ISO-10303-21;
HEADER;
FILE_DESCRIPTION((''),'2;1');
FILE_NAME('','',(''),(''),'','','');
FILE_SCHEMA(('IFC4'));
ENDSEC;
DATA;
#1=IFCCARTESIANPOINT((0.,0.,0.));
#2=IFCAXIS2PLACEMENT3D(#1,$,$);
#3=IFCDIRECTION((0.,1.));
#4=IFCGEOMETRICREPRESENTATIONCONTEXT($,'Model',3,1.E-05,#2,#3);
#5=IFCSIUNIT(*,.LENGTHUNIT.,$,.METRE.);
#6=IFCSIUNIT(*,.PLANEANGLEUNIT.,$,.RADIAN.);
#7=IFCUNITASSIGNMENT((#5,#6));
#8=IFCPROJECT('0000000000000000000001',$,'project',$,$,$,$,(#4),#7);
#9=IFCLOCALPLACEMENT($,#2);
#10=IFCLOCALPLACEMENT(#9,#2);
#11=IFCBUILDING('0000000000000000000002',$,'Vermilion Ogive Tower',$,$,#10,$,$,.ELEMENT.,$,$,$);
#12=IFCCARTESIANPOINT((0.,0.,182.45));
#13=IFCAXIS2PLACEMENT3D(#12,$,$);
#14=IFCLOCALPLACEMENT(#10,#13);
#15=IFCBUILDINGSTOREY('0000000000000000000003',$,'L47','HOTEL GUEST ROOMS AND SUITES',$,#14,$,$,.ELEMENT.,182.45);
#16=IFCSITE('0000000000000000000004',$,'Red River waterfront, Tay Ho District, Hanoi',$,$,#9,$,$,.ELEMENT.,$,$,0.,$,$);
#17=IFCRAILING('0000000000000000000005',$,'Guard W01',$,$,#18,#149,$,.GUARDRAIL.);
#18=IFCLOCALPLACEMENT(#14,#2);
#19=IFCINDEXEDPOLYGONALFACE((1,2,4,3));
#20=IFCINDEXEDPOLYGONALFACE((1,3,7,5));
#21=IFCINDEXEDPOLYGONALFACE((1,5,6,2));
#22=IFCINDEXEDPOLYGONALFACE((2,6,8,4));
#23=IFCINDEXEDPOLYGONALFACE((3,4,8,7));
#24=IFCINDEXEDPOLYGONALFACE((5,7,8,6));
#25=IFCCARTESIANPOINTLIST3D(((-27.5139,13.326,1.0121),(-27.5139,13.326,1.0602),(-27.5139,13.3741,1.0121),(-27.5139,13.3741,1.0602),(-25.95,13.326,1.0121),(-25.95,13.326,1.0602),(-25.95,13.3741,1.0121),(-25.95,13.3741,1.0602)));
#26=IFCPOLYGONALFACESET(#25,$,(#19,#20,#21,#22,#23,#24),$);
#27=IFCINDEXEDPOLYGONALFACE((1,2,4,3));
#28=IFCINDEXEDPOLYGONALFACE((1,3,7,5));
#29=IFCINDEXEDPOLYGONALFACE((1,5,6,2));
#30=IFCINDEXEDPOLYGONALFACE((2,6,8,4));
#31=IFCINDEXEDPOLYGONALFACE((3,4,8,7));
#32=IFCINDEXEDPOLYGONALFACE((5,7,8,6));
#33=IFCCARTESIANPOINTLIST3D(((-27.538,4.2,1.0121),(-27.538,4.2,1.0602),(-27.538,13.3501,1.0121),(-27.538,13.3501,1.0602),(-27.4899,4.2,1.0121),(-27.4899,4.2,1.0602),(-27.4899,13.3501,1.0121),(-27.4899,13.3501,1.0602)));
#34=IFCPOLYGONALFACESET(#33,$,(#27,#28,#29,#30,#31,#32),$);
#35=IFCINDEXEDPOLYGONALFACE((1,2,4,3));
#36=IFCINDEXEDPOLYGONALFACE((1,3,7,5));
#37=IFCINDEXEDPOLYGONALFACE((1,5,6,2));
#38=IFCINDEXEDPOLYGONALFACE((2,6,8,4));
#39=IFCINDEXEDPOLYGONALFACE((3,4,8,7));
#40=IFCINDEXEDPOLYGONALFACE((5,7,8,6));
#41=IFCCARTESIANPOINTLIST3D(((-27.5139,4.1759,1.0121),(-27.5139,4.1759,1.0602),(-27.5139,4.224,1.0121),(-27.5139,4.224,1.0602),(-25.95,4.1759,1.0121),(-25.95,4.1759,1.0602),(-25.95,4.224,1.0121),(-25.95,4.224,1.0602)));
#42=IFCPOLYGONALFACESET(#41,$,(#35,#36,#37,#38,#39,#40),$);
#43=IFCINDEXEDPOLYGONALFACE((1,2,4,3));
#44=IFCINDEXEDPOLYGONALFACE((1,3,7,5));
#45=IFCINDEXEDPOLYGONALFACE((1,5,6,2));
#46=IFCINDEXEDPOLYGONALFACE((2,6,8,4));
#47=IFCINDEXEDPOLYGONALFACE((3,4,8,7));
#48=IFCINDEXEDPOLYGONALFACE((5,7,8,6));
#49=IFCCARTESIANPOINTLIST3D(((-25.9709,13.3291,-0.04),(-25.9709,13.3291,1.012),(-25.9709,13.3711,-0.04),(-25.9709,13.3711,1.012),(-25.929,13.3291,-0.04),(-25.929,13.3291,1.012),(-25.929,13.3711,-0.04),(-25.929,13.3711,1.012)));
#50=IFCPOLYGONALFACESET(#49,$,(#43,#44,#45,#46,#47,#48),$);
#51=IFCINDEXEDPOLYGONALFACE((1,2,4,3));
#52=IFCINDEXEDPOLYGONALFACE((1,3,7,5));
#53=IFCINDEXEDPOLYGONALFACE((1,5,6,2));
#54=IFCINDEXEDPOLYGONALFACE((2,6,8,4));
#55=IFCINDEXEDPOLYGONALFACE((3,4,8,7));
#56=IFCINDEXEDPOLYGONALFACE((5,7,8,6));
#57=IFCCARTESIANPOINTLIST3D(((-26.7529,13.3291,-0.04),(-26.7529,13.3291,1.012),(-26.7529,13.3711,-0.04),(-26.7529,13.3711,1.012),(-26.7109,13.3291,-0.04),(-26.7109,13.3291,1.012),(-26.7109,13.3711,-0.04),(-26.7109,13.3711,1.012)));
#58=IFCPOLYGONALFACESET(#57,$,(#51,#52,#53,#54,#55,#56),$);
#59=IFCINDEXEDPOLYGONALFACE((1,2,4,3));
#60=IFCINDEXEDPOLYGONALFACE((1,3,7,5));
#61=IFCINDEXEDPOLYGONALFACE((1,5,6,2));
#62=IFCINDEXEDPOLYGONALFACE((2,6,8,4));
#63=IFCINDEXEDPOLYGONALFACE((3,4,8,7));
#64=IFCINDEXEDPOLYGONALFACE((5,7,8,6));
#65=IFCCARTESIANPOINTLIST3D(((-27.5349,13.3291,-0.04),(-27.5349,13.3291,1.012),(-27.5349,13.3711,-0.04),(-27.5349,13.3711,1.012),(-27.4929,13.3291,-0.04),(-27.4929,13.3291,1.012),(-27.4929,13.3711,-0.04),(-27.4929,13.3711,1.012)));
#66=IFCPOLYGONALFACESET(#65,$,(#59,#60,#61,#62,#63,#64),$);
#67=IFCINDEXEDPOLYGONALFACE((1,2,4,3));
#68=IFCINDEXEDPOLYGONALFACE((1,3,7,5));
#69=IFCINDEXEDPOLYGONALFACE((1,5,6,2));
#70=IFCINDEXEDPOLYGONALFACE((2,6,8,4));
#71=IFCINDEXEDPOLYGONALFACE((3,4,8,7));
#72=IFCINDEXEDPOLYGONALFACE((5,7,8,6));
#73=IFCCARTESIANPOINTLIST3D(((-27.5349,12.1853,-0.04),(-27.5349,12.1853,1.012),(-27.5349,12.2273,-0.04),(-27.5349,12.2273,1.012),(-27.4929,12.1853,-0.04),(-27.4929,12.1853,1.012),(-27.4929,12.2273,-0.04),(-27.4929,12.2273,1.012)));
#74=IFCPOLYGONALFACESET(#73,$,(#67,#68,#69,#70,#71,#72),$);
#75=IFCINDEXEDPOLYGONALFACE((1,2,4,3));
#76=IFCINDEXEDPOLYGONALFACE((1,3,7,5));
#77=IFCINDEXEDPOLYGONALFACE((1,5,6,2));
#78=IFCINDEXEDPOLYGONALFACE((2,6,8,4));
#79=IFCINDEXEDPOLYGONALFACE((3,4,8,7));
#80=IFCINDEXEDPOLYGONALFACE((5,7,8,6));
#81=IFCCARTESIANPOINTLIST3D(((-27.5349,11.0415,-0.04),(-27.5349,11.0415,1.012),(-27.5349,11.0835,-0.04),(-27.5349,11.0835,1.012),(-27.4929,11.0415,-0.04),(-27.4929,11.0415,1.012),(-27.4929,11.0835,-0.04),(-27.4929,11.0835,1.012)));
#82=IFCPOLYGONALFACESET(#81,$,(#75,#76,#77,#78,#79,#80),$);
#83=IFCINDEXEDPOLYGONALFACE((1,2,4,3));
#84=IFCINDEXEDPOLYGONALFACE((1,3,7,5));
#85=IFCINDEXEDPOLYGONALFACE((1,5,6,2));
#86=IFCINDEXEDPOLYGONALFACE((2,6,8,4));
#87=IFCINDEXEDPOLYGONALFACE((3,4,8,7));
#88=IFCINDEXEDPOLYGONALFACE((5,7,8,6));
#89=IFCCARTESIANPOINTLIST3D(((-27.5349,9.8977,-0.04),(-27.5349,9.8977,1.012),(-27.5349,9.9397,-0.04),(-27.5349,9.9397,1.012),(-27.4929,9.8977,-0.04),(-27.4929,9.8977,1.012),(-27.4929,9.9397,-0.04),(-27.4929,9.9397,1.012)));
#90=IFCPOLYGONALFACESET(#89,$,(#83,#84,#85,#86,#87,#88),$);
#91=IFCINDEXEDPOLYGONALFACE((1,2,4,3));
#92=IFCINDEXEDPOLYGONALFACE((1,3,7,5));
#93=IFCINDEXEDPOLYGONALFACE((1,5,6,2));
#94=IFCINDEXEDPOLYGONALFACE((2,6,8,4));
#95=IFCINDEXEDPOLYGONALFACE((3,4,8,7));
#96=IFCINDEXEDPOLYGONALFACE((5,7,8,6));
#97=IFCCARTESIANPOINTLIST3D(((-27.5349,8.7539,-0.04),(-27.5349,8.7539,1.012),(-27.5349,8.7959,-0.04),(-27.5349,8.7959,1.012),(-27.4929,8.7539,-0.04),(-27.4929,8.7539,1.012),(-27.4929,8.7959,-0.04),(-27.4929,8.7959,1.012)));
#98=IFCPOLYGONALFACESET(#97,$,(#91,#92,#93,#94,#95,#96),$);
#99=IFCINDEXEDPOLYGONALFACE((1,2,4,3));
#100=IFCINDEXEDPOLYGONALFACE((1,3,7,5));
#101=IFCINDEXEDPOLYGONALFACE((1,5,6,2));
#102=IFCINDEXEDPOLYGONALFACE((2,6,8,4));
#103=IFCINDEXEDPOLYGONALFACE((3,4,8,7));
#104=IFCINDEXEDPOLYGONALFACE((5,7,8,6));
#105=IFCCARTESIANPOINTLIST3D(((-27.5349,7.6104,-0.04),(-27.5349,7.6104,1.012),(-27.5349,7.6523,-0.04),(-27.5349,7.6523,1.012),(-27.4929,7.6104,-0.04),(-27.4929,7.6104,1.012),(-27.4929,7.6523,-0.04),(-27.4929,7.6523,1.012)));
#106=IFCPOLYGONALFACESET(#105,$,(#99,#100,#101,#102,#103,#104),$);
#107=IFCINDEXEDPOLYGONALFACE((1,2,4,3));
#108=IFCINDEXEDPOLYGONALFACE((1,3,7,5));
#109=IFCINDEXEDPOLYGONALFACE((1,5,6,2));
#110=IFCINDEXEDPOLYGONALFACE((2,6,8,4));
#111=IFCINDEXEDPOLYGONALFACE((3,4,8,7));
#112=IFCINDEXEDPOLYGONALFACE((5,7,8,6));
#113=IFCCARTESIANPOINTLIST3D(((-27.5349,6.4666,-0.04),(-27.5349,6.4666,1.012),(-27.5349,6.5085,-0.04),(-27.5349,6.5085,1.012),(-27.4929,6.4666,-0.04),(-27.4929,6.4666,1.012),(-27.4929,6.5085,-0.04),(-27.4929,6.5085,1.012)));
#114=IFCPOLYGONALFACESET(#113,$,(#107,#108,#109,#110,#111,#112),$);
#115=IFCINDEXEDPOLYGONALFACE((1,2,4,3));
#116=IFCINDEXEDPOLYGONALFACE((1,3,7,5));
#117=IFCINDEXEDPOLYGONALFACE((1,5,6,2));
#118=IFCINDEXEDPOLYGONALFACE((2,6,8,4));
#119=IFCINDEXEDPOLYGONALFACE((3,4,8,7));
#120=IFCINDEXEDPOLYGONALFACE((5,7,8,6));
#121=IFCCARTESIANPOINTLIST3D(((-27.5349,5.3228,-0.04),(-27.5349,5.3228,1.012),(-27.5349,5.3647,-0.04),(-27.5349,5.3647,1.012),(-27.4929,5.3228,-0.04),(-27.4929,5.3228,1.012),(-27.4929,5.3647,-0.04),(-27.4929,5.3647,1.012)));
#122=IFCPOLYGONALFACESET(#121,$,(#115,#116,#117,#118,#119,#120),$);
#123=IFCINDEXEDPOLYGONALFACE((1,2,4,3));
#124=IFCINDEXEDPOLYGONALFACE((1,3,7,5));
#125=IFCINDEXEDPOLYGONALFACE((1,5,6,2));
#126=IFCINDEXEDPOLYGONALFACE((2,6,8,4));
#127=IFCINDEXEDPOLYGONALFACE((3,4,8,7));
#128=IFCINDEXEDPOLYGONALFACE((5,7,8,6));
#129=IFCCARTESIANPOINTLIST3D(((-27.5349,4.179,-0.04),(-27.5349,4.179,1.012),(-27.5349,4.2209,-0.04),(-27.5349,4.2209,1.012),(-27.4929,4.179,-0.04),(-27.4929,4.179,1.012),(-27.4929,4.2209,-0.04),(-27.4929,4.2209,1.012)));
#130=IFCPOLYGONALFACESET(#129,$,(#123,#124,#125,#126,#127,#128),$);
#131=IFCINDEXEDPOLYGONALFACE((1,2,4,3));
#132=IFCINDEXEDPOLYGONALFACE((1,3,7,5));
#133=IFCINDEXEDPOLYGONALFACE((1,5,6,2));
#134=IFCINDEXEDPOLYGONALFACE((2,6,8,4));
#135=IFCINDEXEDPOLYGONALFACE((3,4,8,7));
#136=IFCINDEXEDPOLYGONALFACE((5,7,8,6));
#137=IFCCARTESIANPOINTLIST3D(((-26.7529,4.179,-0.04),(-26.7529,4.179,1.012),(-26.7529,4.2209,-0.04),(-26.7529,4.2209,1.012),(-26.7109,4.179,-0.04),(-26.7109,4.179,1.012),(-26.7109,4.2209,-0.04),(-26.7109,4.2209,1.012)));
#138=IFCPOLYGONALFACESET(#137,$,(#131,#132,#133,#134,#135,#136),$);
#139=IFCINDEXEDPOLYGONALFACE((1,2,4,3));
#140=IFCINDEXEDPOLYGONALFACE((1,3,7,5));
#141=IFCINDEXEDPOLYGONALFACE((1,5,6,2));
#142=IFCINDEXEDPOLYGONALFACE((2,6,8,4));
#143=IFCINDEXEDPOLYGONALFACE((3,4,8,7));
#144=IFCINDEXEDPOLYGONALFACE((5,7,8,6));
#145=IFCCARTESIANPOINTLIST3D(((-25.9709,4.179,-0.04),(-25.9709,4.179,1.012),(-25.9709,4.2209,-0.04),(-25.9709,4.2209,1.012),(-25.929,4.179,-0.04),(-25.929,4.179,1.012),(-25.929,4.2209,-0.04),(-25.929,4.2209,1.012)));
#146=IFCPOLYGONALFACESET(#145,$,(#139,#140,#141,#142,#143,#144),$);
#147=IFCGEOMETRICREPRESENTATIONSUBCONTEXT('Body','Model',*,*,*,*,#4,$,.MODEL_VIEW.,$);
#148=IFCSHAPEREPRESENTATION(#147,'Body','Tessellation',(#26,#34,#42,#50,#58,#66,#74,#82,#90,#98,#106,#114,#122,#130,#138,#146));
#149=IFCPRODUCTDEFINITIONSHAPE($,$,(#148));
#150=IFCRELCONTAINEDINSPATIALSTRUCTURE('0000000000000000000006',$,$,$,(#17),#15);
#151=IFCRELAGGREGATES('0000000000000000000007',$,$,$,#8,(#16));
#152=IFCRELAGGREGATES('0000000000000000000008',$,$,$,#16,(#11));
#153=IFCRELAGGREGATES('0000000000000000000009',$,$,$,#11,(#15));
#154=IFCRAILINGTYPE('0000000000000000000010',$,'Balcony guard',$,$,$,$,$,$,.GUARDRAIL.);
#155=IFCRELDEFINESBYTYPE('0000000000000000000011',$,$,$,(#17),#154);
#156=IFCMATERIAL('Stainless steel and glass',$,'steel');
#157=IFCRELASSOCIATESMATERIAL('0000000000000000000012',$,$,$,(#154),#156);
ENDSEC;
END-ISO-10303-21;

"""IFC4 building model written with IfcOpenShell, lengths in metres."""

from ifc_helpers import new_model, si_unit, direction, frame, origin, origin_2d, place, context, subcontext, project, spatial, rectangle, extrude, material, type_object, element, save


model = new_model("IFC4")

# Units and contexts
model_context = context("Model", 3, precision=1e-05, world=origin(), true_north=direction((0.0, 1.0)))
body_context = subcontext(model_context, "Body", "Model", "MODEL_VIEW")
ifc_project = project(units=[si_unit("LENGTHUNIT", "METRE"), si_unit("PLANEANGLEUNIT", "RADIAN")], contexts=[model_context])

# Site, building, storey
site_placement = place(None, origin())
site = spatial("IfcSite", under=ifc_project, at=site_placement, Name="Red River waterfront, Tay Ho District, Hanoi", CompositionType="ELEMENT", RefElevation=0.0)
building_placement = place(site_placement, origin())
building = spatial("IfcBuilding", under=site, at=building_placement, Name="Vermilion Ogive Tower", CompositionType="ELEMENT")
storey_placement = place(building_placement, frame((0.0, 0.0, 182.45)))
storey = spatial("IfcBuildingStorey", under=building, at=storey_placement, Name="L47", Description="HOTEL GUEST ROOMS AND SUITES", CompositionType="ELEMENT", Elevation=182.45)

# Railing
ifc_material_1 = material(Name="Stainless steel and glass", Category="steel")
railing_type = type_object("IfcRailingType", Name="Balcony guard", PredefinedType="GUARDRAIL", material=ifc_material_1)
railing_placement = place(storey_placement, frame((-25.95, 13.3501, -0.04)))
element("IfcRailing", 1, at=railing_placement, inside=storey, type_object=railing_type, Name="Guard W01", PredefinedType="GUARDRAIL", context=body_context, shape_type="SweptSolid", body=[
    extrude(rectangle(XDim=0.0481, YDim=0.0481, at=origin_2d()), frame((0.0, 0.0, 1.0762), z_axis=(-1.0, 0.0, 0.0), x_axis=(0.0, -1.0, 0.0)), (0.0, 0.0, 1.0), 1.564),
    extrude(rectangle(XDim=0.0481, YDim=0.0481, at=origin_2d()), frame((-1.564, 0.0, 1.0762), z_axis=(0.0, -1.0, 0.0), x_axis=(1.0, 0.0, 0.0)), (0.0, 0.0, 1.0), 9.1501),
    extrude(rectangle(XDim=0.0481, YDim=0.0481, at=origin_2d()), frame((-1.564, -9.1501, 1.0762), z_axis=(1.0, 0.0, 0.0), x_axis=(0.0, 1.0, 0.0)), (0.0, 0.0, 1.0), 1.564),
    extrude(rectangle(XDim=0.042, YDim=0.042, at=origin_2d()), origin(), (0.0, 0.0, 1.0), 1.052),
    extrude(rectangle(XDim=0.042, YDim=0.042, at=origin_2d()), frame((-0.782, 0.0, 0.0)), (0.0, 0.0, 1.0), 1.052),
    extrude(rectangle(XDim=0.042, YDim=0.042, at=origin_2d()), frame((-1.564, 0.0, 0.0)), (0.0, 0.0, 1.0), 1.052),
    extrude(rectangle(XDim=0.042, YDim=0.042, at=origin_2d()), frame((-1.564, -1.1438, 0.0)), (0.0, 0.0, 1.0), 1.052),
    extrude(rectangle(XDim=0.042, YDim=0.042, at=origin_2d()), frame((-1.564, -2.2876, 0.0)), (0.0, 0.0, 1.0), 1.052),
    extrude(rectangle(XDim=0.042, YDim=0.042, at=origin_2d()), frame((-1.564, -3.4314, 0.0)), (0.0, 0.0, 1.0), 1.052),
    extrude(rectangle(XDim=0.042, YDim=0.042, at=origin_2d()), frame((-1.564, -4.5752, 0.0)), (0.0, 0.0, 1.0), 1.052),
    extrude(rectangle(XDim=0.042, YDim=0.042, at=origin_2d()), frame((-1.564, -5.7188, 0.0)), (0.0, 0.0, 1.0), 1.052),
    extrude(rectangle(XDim=0.042, YDim=0.042, at=origin_2d()), frame((-1.564, -6.8625, 0.0)), (0.0, 0.0, 1.0), 1.052),
    extrude(rectangle(XDim=0.042, YDim=0.042, at=origin_2d()), frame((-1.564, -8.0063, 0.0)), (0.0, 0.0, 1.0), 1.052),
    extrude(rectangle(XDim=0.042, YDim=0.042, at=origin_2d()), frame((-1.564, -9.1501, 0.0)), (0.0, 0.0, 1.0), 1.052),
    extrude(rectangle(XDim=0.042, YDim=0.042, at=origin_2d()), frame((-0.782, -9.1501, 0.0)), (0.0, 0.0, 1.0), 1.052),
    extrude(rectangle(XDim=0.042, YDim=0.042, at=origin_2d()), frame((0.0, -9.1501, 0.0)), (0.0, 0.0, 1.0), 1.052),
])

save(model, "model.ifc")
